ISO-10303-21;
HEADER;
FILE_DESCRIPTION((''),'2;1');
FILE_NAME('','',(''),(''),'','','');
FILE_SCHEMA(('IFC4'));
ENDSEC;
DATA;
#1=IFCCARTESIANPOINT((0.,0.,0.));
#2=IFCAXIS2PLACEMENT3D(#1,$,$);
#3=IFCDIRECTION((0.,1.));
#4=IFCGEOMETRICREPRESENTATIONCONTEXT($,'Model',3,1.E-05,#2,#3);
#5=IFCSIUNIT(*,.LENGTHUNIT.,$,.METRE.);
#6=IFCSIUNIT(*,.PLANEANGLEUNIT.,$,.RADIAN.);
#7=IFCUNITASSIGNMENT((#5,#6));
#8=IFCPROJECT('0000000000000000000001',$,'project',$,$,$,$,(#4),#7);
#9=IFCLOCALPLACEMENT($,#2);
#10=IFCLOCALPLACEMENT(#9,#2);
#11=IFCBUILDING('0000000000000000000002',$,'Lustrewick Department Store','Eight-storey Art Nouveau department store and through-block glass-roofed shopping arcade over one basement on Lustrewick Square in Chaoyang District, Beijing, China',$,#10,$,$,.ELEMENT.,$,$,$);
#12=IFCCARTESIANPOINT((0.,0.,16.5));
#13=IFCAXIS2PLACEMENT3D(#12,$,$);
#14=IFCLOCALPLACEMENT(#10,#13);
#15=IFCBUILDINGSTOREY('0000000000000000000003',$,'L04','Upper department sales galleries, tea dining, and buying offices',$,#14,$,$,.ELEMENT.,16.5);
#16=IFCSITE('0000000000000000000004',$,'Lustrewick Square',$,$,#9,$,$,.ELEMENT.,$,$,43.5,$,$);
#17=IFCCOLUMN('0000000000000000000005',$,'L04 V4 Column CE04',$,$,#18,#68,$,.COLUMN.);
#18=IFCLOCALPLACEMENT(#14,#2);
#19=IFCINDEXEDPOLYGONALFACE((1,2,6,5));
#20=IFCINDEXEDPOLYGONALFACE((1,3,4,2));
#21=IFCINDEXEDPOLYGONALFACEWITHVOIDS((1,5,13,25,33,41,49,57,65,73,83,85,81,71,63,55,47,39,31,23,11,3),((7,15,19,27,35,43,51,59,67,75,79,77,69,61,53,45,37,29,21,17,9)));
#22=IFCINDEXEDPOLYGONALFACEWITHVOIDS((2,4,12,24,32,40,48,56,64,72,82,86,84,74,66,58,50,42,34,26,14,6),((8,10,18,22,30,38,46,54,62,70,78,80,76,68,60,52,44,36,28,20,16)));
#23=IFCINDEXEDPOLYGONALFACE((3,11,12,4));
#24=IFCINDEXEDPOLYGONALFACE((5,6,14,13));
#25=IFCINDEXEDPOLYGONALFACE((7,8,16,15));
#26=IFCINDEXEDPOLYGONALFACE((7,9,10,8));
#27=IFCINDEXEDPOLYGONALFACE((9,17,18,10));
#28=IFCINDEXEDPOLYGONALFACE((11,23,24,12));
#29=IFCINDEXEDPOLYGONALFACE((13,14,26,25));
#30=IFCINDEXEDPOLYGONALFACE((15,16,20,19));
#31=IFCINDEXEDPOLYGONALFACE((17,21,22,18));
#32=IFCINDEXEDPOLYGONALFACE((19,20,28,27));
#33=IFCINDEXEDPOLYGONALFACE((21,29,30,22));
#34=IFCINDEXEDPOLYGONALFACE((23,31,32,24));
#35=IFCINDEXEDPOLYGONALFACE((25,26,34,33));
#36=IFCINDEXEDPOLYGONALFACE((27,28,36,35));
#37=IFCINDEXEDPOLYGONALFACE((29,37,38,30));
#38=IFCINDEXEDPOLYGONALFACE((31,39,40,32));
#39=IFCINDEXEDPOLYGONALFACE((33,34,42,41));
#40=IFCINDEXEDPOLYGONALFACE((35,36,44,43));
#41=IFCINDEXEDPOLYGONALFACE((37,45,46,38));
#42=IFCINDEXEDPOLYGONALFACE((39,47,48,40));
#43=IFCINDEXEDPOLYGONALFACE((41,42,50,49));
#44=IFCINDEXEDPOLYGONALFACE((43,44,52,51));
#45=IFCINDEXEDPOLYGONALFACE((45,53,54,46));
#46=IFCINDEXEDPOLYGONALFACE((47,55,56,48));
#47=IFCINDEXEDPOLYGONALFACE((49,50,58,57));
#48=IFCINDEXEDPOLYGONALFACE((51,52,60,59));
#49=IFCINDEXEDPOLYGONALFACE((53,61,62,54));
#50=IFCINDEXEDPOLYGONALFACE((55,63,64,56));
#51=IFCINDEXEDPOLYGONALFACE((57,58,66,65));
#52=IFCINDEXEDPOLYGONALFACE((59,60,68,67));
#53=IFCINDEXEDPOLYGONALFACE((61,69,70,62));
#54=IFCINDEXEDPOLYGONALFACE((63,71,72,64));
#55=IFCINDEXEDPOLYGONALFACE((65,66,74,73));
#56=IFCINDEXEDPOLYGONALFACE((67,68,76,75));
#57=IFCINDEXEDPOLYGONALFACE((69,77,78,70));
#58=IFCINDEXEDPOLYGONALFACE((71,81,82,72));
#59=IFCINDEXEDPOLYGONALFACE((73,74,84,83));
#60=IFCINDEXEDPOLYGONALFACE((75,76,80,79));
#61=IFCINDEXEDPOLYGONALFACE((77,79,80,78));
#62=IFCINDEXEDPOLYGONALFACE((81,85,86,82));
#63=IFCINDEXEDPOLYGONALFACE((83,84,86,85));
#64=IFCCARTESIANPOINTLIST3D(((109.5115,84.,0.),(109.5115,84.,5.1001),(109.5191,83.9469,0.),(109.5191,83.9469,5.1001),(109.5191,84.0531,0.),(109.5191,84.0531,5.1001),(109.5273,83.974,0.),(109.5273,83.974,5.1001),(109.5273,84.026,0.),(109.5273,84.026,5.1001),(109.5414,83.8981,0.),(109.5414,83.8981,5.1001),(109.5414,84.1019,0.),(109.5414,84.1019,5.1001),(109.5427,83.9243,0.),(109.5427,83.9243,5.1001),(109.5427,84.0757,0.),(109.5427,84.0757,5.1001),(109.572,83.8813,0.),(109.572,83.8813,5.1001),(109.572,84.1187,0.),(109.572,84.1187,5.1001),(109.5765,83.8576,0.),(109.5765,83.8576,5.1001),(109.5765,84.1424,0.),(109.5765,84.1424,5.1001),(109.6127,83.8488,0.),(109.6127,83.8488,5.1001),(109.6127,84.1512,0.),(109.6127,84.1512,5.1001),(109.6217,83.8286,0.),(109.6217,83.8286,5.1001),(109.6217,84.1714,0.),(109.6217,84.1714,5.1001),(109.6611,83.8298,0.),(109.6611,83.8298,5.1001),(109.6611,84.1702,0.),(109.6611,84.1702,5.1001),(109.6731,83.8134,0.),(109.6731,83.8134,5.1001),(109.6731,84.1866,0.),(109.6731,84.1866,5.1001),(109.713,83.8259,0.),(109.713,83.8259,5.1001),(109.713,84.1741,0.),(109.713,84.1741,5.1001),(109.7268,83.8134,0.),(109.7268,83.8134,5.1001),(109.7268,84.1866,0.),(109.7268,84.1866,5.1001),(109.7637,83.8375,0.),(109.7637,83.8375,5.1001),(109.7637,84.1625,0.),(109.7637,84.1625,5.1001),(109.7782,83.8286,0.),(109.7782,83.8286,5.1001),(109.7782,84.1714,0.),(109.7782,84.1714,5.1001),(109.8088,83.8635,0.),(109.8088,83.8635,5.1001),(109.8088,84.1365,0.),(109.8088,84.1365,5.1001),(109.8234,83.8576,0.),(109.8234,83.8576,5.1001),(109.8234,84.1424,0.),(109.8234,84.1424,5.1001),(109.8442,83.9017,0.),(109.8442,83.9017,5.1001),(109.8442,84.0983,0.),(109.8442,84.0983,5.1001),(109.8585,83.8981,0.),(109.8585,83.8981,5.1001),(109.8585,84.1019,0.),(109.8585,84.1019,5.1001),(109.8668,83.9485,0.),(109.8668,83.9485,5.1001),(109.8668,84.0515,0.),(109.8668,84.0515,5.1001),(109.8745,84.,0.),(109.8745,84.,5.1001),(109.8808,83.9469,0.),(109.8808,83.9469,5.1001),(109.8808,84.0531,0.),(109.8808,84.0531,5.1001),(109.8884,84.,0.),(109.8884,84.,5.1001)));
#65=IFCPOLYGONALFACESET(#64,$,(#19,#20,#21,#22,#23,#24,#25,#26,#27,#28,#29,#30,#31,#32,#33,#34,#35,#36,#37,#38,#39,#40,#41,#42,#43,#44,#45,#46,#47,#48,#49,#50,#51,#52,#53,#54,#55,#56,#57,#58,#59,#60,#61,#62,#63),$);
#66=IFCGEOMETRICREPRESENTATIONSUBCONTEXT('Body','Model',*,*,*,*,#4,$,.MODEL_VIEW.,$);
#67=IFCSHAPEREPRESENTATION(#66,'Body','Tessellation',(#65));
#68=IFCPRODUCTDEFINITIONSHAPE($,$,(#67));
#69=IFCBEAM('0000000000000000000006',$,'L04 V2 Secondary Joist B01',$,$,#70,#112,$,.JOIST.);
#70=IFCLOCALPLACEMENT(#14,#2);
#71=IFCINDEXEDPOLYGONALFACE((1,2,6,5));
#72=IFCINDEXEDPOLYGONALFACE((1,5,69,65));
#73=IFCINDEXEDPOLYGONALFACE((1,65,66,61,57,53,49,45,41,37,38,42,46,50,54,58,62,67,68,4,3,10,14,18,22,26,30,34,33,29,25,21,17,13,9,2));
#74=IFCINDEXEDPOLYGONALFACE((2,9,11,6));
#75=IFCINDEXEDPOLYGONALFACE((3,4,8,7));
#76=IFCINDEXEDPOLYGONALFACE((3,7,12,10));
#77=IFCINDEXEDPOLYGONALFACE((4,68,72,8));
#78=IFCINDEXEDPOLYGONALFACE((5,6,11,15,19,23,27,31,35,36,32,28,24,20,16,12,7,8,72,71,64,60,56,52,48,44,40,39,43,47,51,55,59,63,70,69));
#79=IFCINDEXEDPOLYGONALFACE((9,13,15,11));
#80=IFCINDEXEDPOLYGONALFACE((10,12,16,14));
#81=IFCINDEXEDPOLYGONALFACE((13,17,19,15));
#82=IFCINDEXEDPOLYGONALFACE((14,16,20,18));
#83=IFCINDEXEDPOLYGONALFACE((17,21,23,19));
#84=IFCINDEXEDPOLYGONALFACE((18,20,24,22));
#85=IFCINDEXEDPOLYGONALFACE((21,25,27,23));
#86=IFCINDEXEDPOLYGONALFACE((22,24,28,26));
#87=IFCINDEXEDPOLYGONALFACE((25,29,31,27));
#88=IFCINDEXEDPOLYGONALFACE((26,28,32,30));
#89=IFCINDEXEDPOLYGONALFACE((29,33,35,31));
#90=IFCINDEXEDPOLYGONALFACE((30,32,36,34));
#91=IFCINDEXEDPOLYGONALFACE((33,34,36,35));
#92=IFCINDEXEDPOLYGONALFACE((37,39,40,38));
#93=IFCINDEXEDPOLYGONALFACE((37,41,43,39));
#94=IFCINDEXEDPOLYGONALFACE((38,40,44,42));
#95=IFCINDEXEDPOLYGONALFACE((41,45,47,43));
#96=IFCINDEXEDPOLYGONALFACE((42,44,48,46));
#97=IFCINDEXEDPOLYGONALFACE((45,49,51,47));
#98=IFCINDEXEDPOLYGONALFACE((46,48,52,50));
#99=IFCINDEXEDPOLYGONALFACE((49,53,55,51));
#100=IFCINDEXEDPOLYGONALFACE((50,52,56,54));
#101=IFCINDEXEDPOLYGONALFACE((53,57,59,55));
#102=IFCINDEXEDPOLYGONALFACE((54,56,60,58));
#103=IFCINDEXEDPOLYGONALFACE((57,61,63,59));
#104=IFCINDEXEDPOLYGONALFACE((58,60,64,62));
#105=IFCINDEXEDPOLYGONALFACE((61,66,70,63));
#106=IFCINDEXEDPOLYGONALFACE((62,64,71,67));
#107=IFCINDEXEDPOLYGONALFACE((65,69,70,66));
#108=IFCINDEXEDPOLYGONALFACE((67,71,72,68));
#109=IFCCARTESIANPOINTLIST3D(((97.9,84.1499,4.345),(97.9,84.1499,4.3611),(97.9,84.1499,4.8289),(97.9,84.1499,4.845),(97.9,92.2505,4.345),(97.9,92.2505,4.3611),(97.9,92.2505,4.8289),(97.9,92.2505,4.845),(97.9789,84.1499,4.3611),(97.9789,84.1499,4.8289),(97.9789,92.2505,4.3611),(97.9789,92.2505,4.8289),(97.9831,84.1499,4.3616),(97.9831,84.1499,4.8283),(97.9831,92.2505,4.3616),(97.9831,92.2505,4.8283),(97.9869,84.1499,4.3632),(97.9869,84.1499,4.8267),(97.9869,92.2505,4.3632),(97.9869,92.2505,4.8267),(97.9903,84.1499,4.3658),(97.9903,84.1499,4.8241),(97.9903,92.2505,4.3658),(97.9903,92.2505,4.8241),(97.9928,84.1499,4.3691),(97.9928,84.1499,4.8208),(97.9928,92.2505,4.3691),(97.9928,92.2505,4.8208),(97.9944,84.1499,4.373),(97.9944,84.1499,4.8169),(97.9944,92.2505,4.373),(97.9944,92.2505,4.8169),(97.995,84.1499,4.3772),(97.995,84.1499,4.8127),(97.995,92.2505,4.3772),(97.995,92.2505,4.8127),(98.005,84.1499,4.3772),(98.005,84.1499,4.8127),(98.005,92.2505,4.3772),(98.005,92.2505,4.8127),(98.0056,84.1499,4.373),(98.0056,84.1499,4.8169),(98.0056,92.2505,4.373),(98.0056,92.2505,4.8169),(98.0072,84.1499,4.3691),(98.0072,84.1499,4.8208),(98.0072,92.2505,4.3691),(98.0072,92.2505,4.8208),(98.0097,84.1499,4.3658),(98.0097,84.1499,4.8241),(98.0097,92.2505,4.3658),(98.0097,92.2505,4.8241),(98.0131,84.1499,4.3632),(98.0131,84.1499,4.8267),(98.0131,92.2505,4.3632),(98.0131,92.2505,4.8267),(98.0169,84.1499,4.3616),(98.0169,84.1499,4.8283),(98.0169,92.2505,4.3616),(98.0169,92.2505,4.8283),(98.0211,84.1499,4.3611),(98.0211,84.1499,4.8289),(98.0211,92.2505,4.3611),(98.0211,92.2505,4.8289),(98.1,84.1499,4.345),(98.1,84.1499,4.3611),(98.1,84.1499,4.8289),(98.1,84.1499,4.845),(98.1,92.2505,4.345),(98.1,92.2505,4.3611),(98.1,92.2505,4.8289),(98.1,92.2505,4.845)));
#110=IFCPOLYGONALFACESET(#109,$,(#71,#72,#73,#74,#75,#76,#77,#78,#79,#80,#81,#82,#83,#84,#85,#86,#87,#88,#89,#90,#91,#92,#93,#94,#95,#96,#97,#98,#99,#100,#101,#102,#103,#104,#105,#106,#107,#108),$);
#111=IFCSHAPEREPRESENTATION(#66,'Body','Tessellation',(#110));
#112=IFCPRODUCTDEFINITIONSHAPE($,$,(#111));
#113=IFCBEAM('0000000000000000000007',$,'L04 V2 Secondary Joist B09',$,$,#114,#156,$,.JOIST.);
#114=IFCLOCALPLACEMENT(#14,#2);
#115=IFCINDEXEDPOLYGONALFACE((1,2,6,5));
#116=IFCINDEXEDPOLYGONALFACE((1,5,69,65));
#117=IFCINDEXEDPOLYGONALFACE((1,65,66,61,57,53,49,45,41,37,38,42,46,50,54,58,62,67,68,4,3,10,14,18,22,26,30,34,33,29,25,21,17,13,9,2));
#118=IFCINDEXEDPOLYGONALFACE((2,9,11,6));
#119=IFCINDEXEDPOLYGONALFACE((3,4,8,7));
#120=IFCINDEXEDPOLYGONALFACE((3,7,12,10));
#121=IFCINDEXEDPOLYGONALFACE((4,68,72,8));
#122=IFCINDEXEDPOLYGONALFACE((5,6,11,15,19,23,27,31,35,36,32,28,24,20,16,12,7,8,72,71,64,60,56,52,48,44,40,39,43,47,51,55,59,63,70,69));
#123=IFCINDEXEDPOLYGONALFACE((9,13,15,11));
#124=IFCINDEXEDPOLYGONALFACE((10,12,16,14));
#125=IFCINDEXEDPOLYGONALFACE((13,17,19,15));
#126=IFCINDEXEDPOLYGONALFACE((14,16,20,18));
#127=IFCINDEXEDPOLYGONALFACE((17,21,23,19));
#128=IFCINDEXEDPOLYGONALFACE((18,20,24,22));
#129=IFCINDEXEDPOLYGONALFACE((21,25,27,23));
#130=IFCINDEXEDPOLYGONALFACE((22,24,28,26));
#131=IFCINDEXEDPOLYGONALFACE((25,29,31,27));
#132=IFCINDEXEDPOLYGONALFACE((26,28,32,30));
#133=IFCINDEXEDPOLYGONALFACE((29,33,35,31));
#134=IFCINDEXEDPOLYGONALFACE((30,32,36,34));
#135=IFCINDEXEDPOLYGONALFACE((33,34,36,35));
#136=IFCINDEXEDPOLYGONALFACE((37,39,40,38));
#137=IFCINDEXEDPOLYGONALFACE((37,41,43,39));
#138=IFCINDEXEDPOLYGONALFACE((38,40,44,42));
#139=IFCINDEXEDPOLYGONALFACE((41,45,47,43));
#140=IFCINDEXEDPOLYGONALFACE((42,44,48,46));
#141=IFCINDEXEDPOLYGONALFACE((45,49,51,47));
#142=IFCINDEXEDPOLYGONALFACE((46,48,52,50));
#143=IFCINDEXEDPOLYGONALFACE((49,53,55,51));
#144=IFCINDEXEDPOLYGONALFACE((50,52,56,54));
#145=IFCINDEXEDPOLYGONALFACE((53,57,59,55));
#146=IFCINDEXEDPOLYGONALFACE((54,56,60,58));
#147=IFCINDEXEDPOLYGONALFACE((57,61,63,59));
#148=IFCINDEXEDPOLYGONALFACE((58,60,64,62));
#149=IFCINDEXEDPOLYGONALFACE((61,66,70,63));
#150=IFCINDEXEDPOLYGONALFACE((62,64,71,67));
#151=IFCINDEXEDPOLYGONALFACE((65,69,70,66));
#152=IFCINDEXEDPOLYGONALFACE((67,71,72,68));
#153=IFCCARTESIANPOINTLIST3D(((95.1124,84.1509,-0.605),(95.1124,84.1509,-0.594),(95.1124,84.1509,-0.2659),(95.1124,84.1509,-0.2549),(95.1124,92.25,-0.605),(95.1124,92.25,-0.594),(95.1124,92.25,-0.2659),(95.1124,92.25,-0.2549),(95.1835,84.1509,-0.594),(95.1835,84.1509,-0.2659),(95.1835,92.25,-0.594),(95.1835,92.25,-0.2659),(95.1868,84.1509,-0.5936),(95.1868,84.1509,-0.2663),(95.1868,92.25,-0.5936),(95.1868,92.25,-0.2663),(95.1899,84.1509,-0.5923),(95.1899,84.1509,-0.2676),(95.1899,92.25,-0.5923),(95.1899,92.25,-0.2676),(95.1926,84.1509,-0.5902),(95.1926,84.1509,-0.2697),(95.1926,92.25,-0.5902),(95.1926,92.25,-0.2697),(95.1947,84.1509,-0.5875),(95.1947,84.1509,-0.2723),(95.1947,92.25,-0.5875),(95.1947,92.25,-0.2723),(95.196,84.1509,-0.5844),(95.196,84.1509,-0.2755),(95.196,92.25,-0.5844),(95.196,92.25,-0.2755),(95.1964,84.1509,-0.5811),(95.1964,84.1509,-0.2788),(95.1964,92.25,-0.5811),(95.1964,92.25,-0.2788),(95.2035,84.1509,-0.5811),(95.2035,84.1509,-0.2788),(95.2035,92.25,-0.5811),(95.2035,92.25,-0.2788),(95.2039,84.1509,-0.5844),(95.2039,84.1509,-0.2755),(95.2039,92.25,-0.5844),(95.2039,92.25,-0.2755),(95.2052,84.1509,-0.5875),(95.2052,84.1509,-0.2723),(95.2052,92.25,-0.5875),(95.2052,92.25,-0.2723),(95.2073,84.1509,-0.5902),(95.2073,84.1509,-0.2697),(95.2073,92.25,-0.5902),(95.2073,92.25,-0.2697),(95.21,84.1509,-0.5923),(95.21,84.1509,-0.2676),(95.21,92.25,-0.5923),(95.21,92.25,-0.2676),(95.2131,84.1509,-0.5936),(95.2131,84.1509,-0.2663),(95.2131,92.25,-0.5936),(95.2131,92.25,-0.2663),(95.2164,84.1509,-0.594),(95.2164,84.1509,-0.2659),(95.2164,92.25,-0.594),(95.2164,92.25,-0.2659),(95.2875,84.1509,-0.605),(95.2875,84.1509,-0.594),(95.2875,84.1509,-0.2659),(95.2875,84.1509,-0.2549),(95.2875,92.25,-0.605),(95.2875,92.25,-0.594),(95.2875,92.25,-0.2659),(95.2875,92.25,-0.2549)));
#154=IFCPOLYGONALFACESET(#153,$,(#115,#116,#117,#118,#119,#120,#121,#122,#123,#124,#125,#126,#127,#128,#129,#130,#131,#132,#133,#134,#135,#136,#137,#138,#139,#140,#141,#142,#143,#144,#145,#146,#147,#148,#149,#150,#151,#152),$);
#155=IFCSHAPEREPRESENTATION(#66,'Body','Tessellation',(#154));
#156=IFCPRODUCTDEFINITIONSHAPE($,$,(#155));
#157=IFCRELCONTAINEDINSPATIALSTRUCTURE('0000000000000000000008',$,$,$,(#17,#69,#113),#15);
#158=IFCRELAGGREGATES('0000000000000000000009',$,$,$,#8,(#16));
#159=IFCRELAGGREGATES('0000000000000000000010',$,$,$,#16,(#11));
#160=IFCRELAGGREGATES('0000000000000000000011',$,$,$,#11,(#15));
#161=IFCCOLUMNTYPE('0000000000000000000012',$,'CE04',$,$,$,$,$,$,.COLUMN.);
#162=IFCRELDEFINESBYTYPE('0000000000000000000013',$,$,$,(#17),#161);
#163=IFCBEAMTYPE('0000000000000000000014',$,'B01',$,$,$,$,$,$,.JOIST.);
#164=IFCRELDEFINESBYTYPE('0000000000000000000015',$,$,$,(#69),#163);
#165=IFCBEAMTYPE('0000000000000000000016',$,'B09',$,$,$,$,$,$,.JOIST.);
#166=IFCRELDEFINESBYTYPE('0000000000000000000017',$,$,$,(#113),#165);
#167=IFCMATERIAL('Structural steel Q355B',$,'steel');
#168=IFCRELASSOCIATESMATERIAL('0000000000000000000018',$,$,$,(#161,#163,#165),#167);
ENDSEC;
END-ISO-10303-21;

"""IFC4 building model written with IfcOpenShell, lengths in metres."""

from ifc_helpers import new_model, si_unit, direction, frame, origin, origin_2d, place, context, subcontext, project, spatial, hollow_circle, i_section, extrude, material, material_profile, profile_set, type_object, element, save


model = new_model("IFC4")

# Units and contexts
model_context = context("Model", 3, precision=1e-05, world=origin(), true_north=direction((0.0, 1.0)))
body_context = subcontext(model_context, "Body", "Model", "MODEL_VIEW")
ifc_project = project(units=[si_unit("LENGTHUNIT", "METRE"), si_unit("PLANEANGLEUNIT", "RADIAN")], contexts=[model_context])

# Site, building, storey
site_placement = place(None, origin())
site = spatial("IfcSite", under=ifc_project, at=site_placement, Name="Lustrewick Square", CompositionType="ELEMENT", RefElevation=43.5)
building_placement = place(site_placement, origin())
building = spatial("IfcBuilding", under=site, at=building_placement, Name="Lustrewick Department Store", Description="Eight-storey Art Nouveau department store and through-block glass-roofed shopping arcade over one basement on Lustrewick Square in Chaoyang District, Beijing, China", CompositionType="ELEMENT")
storey_placement = place(building_placement, frame((0.0, 0.0, 16.5)))
storey = spatial("IfcBuildingStorey", under=building, at=storey_placement, Name="L04", Description="Upper department sales galleries, tea dining, and buying offices", CompositionType="ELEMENT", Elevation=16.5)

# Column
ifc_material_1 = material(Name="Structural steel Q355B", Category="steel")
ifc_material_profile_1 = material_profile(ifc_material_1, hollow_circle(Radius=0.1885, WallThickness=0.0139, at=origin_2d()), Name="CHS 377x14")
ifc_profile_set_1 = profile_set([ifc_material_profile_1], Name="Structural steel Q355B")
column_type_1 = type_object("IfcColumnType", Name="CE04", PredefinedType="COLUMN", material=ifc_profile_set_1)
for number, where, z_axis, x_axis, name in (
    (1, (109.7, 84.0, 0.0), (0.0, 0.0, 1.0), (1.0, 0.0, 0.0), "L04 V4 Column CE04"),
):
    element("IfcColumn", number, at=place(storey_placement, frame(where, z_axis=z_axis, x_axis=x_axis)), inside=storey, type_object=column_type_1, Name=name, PredefinedType="COLUMN", context=body_context, shape_type="SweptSolid", body=[
        extrude(hollow_circle(Radius=0.1885, WallThickness=0.0139, at=origin_2d()), origin(), (0.0, 0.0, 1.0), 5.1001),
    ])

# Beams
ifc_material_profile_2 = material_profile(ifc_material_1, i_section(OverallWidth=0.2, OverallDepth=0.5, WebThickness=0.01, FlangeThickness=0.0161, FilletRadius=0.0161, at=origin_2d()), Name="HN 500x200x10x16")
ifc_profile_set_2 = profile_set([ifc_material_profile_2], Name="Structural steel Q355B")
beam_type_1 = type_object("IfcBeamType", Name="B01", PredefinedType="JOIST", material=ifc_profile_set_2)
beam_1_placement = place(storey_placement, frame((98.0, 84.1499, 4.595), z_axis=(0.0, 1.0, 0.0), x_axis=(-1.0, 0.0, 0.0)))
element("IfcBeam", 2, at=beam_1_placement, inside=storey, type_object=beam_type_1, Name="L04 V2 Secondary Joist B01", PredefinedType="JOIST", context=body_context, shape_type="SweptSolid", body=[
    extrude(i_section(OverallWidth=0.2, OverallDepth=0.5, WebThickness=0.01, FlangeThickness=0.0161, FilletRadius=0.0161, at=origin_2d()), origin(), (0.0, 0.0, 1.0), 8.1006),
])
ifc_material_profile_3 = material_profile(ifc_material_1, i_section(OverallWidth=0.175, OverallDepth=0.3501, WebThickness=0.0071, FlangeThickness=0.011, FilletRadius=0.0129, at=origin_2d()), Name="HN 350x175x7x11")
ifc_profile_set_3 = profile_set([ifc_material_profile_3], Name="Structural steel Q355B")
beam_type_2 = type_object("IfcBeamType", Name="B09", PredefinedType="JOIST", material=ifc_profile_set_3)
beam_2_placement = place(storey_placement, frame((95.2, 84.1509, -0.4299), z_axis=(0.0, 1.0, 0.0), x_axis=(-1.0, 0.0, 0.0)))
element("IfcBeam", 3, at=beam_2_placement, inside=storey, type_object=beam_type_2, Name="L04 V2 Secondary Joist B09", PredefinedType="JOIST", context=body_context, shape_type="SweptSolid", body=[
    extrude(i_section(OverallWidth=0.175, OverallDepth=0.3501, WebThickness=0.0071, FlangeThickness=0.011, FilletRadius=0.0129, at=origin_2d()), origin(), (0.0, 0.0, 1.0), 8.0991),
])

save(model, "model.ifc")
